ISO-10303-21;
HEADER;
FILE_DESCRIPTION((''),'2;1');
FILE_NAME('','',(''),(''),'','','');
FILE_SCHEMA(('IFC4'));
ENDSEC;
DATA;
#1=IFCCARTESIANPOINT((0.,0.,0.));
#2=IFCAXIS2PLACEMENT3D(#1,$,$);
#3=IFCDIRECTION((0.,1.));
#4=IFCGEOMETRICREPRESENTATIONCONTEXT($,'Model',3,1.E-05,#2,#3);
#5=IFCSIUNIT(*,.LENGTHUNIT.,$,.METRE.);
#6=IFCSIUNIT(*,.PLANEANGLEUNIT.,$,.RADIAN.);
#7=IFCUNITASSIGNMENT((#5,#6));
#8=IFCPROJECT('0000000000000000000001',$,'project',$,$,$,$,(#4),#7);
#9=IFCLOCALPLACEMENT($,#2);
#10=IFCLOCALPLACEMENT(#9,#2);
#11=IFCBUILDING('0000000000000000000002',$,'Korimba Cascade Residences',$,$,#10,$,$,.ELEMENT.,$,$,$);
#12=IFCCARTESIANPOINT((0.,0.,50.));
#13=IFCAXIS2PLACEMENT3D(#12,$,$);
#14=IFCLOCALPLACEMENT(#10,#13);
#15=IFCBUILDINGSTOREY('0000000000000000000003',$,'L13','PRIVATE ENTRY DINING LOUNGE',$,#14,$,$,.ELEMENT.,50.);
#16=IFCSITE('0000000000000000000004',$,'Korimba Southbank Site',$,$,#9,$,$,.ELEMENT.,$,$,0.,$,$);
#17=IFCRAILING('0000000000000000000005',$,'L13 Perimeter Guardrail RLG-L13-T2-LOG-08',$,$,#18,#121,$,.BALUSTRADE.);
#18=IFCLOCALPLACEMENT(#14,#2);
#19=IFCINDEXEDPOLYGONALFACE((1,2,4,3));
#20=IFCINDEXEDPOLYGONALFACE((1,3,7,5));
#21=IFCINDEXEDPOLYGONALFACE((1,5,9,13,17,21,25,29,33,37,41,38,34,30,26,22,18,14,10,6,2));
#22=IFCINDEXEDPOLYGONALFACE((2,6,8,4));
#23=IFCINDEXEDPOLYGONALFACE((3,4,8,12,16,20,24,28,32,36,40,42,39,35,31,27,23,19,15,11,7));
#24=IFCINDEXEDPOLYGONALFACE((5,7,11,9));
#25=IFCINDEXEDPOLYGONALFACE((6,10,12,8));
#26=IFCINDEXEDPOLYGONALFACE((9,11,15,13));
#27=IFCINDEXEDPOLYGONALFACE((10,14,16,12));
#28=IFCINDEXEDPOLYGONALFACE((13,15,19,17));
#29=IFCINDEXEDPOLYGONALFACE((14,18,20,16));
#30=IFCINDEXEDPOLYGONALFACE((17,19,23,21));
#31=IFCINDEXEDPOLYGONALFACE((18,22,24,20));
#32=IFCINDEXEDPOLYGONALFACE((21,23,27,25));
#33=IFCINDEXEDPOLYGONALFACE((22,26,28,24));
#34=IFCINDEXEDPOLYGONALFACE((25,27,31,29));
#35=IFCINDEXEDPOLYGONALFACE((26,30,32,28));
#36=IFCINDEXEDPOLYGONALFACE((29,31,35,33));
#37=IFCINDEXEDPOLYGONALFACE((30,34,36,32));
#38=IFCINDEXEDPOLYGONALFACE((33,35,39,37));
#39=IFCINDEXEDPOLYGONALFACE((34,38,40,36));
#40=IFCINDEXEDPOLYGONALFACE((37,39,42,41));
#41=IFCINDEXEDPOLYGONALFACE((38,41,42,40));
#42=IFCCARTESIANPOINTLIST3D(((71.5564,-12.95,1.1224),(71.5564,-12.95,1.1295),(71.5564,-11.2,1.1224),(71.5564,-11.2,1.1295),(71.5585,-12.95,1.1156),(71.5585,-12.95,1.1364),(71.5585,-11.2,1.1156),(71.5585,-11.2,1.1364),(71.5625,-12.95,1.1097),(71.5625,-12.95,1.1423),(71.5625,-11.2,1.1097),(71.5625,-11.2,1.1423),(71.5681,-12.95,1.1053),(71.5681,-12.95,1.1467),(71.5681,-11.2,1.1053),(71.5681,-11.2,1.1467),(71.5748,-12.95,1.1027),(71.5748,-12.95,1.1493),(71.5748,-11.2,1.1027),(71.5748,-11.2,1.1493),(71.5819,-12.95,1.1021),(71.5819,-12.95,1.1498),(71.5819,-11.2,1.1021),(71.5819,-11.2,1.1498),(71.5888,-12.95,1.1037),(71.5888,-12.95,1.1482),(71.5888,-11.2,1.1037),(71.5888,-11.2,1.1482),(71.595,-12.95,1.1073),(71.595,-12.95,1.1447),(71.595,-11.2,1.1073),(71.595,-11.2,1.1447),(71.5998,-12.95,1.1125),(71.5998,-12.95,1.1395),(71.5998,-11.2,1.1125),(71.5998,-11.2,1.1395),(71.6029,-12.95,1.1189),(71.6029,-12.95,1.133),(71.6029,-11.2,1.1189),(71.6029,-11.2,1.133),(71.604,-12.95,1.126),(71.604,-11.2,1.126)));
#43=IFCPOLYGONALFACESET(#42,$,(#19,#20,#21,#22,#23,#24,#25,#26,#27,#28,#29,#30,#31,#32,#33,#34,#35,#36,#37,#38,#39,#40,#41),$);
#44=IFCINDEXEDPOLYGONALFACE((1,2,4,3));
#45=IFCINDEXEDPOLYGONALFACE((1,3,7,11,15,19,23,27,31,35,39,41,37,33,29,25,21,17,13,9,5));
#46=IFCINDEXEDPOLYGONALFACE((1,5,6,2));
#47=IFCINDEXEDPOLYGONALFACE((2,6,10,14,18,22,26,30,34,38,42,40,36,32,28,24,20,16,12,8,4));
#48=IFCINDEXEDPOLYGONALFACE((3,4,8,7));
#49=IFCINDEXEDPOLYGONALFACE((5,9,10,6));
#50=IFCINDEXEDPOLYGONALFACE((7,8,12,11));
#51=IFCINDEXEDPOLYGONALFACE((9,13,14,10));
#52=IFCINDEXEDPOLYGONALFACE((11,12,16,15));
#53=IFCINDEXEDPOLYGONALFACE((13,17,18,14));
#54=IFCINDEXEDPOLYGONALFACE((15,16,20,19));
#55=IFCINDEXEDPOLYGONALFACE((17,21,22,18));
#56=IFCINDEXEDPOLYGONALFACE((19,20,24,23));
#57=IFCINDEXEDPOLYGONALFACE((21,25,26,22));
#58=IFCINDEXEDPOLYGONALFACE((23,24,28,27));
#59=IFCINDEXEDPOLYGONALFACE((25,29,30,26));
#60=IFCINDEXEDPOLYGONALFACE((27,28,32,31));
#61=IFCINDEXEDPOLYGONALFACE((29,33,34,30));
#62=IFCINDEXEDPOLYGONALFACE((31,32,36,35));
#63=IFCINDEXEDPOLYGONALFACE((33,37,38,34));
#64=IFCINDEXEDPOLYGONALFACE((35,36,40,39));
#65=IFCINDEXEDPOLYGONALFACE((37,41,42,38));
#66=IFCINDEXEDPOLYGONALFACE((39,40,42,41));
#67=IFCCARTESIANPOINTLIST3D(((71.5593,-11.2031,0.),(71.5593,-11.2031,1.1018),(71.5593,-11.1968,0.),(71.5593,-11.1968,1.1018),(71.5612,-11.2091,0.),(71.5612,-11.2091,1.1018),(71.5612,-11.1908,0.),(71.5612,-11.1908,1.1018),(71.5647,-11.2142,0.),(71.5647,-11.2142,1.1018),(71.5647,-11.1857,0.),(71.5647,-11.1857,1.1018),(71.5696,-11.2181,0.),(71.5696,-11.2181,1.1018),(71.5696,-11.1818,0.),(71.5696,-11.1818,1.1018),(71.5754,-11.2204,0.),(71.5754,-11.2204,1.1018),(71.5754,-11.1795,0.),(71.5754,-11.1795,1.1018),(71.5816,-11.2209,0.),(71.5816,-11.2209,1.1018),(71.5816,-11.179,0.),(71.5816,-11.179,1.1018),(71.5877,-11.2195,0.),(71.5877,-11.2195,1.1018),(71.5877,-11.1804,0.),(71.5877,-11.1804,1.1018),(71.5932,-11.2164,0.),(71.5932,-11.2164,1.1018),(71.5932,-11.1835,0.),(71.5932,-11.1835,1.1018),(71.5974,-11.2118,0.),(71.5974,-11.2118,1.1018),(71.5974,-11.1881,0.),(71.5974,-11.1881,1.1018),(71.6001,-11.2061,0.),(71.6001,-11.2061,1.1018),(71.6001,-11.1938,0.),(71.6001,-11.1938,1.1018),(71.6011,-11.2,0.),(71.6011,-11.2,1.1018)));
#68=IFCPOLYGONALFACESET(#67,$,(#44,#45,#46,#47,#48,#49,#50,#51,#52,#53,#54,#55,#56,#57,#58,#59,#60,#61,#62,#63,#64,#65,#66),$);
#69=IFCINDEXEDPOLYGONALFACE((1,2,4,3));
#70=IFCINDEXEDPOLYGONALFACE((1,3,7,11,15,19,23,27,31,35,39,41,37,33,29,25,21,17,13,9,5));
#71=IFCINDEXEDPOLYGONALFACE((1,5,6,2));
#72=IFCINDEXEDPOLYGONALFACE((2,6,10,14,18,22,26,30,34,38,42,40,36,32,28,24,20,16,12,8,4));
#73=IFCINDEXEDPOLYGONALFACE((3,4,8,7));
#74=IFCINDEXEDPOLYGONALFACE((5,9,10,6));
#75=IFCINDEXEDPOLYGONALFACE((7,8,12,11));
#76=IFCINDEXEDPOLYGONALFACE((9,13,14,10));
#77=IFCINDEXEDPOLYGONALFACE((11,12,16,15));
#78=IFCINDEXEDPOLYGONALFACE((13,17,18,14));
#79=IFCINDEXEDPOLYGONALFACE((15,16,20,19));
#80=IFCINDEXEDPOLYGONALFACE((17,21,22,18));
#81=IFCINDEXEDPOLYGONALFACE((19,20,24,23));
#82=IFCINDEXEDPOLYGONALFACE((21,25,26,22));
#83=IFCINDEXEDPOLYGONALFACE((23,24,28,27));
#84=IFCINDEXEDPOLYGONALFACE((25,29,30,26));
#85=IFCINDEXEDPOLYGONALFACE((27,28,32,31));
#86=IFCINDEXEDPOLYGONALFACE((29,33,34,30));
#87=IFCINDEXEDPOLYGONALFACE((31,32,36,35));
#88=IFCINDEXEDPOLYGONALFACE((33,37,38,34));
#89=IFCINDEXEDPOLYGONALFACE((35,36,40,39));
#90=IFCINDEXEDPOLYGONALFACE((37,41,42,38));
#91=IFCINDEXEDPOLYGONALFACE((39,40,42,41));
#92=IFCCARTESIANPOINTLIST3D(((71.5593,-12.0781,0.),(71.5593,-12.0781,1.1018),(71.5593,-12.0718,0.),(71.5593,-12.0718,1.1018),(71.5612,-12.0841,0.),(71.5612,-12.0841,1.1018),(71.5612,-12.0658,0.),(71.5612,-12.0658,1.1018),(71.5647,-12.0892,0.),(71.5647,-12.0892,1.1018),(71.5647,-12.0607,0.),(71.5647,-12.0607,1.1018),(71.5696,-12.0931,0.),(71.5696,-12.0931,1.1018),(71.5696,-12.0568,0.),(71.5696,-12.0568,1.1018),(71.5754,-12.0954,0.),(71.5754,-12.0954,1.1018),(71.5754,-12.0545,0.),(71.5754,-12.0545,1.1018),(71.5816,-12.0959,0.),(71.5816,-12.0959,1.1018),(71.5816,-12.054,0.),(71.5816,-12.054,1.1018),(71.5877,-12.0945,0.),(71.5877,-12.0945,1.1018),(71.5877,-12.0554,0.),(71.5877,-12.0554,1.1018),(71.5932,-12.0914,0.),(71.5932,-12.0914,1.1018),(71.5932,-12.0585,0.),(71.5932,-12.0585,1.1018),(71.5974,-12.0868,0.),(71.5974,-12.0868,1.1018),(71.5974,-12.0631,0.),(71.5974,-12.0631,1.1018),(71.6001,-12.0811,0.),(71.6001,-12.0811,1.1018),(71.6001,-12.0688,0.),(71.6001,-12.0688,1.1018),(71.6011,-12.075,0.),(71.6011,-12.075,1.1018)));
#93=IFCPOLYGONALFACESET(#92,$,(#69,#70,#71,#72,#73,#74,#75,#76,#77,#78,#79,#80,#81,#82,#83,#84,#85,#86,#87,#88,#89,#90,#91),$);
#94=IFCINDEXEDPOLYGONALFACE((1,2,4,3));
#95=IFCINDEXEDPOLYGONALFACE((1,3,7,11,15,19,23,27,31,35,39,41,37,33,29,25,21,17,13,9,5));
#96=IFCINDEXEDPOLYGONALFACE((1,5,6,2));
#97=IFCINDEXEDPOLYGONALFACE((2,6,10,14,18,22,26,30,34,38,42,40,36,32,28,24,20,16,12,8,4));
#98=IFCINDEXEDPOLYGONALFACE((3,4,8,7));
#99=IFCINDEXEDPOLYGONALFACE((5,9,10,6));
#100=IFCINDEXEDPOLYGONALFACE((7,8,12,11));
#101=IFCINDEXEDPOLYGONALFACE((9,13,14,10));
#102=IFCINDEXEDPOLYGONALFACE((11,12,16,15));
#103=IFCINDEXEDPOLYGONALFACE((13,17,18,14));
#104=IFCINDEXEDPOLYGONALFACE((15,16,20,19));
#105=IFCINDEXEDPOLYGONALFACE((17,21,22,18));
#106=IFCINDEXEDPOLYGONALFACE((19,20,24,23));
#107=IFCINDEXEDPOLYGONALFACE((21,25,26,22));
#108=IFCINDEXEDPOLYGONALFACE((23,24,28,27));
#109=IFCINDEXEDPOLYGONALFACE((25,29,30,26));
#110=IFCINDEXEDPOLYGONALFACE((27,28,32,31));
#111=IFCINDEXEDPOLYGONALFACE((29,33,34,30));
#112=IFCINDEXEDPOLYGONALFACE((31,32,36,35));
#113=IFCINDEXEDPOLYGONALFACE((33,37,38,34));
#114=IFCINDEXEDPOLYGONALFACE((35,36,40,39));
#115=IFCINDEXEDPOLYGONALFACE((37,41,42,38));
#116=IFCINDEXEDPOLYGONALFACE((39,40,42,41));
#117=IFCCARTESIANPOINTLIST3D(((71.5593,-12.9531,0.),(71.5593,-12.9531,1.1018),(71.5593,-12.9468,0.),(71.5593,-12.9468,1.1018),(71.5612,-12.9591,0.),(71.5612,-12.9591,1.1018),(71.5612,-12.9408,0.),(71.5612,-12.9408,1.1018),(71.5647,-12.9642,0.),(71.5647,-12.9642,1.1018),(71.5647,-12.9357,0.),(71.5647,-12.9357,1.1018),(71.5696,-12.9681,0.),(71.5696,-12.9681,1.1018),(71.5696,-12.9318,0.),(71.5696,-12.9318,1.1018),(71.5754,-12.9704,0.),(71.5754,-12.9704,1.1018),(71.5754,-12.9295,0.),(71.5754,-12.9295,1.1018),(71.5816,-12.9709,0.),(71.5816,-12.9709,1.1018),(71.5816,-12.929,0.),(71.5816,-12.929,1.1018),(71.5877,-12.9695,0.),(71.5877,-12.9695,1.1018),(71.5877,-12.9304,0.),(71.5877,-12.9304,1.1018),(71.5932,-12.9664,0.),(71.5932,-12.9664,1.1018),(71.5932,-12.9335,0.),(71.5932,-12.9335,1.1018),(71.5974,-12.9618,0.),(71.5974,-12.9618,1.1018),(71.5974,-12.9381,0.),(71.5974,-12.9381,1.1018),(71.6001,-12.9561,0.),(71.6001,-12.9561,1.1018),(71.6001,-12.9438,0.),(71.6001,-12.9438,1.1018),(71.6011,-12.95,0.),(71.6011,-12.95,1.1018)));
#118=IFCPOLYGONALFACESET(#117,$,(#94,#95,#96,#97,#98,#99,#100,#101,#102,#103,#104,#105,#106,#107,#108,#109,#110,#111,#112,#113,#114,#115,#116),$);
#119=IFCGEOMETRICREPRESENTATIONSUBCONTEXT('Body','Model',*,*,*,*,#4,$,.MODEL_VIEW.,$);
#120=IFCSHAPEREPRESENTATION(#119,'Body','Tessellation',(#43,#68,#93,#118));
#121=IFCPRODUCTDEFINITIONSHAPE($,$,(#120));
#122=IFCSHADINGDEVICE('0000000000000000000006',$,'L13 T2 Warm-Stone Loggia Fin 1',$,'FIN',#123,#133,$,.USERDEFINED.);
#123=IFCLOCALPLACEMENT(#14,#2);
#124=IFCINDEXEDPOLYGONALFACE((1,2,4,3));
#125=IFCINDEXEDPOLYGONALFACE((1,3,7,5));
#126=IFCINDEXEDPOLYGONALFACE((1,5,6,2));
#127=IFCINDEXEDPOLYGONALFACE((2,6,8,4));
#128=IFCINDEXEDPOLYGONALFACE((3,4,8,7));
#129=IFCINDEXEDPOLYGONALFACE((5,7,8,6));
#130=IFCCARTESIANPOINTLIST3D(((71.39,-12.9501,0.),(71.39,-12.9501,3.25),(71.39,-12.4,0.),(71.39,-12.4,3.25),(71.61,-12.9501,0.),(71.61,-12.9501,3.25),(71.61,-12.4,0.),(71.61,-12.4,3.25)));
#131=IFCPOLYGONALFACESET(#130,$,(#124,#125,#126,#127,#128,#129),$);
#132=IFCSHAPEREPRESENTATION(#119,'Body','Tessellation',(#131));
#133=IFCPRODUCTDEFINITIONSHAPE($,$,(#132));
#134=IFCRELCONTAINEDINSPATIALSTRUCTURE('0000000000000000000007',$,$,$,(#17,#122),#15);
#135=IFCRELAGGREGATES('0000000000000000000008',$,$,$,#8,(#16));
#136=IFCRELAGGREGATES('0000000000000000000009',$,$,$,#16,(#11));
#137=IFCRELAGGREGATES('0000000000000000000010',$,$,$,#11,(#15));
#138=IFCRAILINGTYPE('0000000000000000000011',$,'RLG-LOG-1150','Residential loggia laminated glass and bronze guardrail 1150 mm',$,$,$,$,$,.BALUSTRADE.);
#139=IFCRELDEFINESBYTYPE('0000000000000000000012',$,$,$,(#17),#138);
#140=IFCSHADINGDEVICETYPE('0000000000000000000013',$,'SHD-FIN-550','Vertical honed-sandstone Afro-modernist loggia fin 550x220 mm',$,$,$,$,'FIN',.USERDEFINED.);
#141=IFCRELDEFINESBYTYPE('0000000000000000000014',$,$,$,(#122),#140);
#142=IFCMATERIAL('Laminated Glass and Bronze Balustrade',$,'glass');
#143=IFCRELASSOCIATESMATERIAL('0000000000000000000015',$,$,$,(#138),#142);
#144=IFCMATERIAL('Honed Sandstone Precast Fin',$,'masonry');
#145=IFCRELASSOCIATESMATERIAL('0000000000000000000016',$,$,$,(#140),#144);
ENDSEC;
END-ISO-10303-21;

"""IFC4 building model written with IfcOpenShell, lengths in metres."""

from ifc_helpers import new_model, si_unit, direction, frame, origin, origin_2d, place, context, subcontext, project, spatial, rectangle, circle, extrude, material, type_object, element, save


model = new_model("IFC4")

# Units and contexts
model_context = context("Model", 3, precision=1e-05, world=origin(), true_north=direction((0.0, 1.0)))
body_context = subcontext(model_context, "Body", "Model", "MODEL_VIEW")
ifc_project = project(units=[si_unit("LENGTHUNIT", "METRE"), si_unit("PLANEANGLEUNIT", "RADIAN")], contexts=[model_context])

# Site, building, storey
site_placement = place(None, origin())
site = spatial("IfcSite", under=ifc_project, at=site_placement, Name="Korimba Southbank Site", CompositionType="ELEMENT", RefElevation=0.0)
building_placement = place(site_placement, origin())
building = spatial("IfcBuilding", under=site, at=building_placement, Name="Korimba Cascade Residences", CompositionType="ELEMENT")
storey_placement = place(building_placement, frame((0.0, 0.0, 50.0)))
storey = spatial("IfcBuildingStorey", under=building, at=storey_placement, Name="L13", Description="PRIVATE ENTRY DINING LOUNGE", CompositionType="ELEMENT", Elevation=50.0)

# Railing
ifc_material_1 = material(Name="Laminated Glass and Bronze Balustrade", Category="glass")
railing_type = type_object("IfcRailingType", Name="RLG-LOG-1150", Description="Residential loggia laminated glass and bronze guardrail 1150 mm", PredefinedType="BALUSTRADE", material=ifc_material_1)
railing_1_placement = place(storey_placement, frame((71.5801, -11.2, 0.0)))
element("IfcRailing", 1, at=railing_1_placement, inside=storey, type_object=railing_type, Name="L13 Perimeter Guardrail RLG-L13-T2-LOG-08", PredefinedType="BALUSTRADE", context=body_context, shape_type="SweptSolid", body=[
    extrude(circle(Radius=0.0239, at=origin_2d()), frame((0.0, 0.0, 1.126), z_axis=(0.0, -1.0, 0.0), x_axis=(1.0, 0.0, 0.0)), (0.0, 0.0, 1.0), 1.75),
    extrude(circle(Radius=0.021, at=origin_2d()), origin(), (0.0, 0.0, 1.0), 1.1018),
    extrude(circle(Radius=0.021, at=origin_2d()), frame((0.0, -0.875, 0.0)), (0.0, 0.0, 1.0), 1.1018),
    extrude(circle(Radius=0.021, at=origin_2d()), frame((0.0, -1.75, 0.0)), (0.0, 0.0, 1.0), 1.1018),
])

# Shading device
ifc_material_2 = material(Name="Honed Sandstone Precast Fin", Category="masonry")
shading_device_type = type_object("IfcShadingDeviceType", Name="SHD-FIN-550", Description="Vertical honed-sandstone Afro-modernist loggia fin 550x220 mm", ElementType="FIN", PredefinedType="USERDEFINED", material=ifc_material_2)
shading_device_placement = place(storey_placement, frame((71.5, -12.675, 0.0), z_axis=(0.0, 0.0, 1.0), x_axis=(1.0, 0.0, 0.0)))
element("IfcShadingDevice", 2, at=shading_device_placement, inside=storey, type_object=shading_device_type, Name="L13 T2 Warm-Stone Loggia Fin 1", ObjectType="FIN", PredefinedType="USERDEFINED", context=body_context, shape_type="SweptSolid", body=[
    extrude(rectangle(XDim=0.22, YDim=0.55, at=origin_2d()), origin(), (0.0, 0.0, 1.0), 3.25),
])

save(model, "model.ifc")
